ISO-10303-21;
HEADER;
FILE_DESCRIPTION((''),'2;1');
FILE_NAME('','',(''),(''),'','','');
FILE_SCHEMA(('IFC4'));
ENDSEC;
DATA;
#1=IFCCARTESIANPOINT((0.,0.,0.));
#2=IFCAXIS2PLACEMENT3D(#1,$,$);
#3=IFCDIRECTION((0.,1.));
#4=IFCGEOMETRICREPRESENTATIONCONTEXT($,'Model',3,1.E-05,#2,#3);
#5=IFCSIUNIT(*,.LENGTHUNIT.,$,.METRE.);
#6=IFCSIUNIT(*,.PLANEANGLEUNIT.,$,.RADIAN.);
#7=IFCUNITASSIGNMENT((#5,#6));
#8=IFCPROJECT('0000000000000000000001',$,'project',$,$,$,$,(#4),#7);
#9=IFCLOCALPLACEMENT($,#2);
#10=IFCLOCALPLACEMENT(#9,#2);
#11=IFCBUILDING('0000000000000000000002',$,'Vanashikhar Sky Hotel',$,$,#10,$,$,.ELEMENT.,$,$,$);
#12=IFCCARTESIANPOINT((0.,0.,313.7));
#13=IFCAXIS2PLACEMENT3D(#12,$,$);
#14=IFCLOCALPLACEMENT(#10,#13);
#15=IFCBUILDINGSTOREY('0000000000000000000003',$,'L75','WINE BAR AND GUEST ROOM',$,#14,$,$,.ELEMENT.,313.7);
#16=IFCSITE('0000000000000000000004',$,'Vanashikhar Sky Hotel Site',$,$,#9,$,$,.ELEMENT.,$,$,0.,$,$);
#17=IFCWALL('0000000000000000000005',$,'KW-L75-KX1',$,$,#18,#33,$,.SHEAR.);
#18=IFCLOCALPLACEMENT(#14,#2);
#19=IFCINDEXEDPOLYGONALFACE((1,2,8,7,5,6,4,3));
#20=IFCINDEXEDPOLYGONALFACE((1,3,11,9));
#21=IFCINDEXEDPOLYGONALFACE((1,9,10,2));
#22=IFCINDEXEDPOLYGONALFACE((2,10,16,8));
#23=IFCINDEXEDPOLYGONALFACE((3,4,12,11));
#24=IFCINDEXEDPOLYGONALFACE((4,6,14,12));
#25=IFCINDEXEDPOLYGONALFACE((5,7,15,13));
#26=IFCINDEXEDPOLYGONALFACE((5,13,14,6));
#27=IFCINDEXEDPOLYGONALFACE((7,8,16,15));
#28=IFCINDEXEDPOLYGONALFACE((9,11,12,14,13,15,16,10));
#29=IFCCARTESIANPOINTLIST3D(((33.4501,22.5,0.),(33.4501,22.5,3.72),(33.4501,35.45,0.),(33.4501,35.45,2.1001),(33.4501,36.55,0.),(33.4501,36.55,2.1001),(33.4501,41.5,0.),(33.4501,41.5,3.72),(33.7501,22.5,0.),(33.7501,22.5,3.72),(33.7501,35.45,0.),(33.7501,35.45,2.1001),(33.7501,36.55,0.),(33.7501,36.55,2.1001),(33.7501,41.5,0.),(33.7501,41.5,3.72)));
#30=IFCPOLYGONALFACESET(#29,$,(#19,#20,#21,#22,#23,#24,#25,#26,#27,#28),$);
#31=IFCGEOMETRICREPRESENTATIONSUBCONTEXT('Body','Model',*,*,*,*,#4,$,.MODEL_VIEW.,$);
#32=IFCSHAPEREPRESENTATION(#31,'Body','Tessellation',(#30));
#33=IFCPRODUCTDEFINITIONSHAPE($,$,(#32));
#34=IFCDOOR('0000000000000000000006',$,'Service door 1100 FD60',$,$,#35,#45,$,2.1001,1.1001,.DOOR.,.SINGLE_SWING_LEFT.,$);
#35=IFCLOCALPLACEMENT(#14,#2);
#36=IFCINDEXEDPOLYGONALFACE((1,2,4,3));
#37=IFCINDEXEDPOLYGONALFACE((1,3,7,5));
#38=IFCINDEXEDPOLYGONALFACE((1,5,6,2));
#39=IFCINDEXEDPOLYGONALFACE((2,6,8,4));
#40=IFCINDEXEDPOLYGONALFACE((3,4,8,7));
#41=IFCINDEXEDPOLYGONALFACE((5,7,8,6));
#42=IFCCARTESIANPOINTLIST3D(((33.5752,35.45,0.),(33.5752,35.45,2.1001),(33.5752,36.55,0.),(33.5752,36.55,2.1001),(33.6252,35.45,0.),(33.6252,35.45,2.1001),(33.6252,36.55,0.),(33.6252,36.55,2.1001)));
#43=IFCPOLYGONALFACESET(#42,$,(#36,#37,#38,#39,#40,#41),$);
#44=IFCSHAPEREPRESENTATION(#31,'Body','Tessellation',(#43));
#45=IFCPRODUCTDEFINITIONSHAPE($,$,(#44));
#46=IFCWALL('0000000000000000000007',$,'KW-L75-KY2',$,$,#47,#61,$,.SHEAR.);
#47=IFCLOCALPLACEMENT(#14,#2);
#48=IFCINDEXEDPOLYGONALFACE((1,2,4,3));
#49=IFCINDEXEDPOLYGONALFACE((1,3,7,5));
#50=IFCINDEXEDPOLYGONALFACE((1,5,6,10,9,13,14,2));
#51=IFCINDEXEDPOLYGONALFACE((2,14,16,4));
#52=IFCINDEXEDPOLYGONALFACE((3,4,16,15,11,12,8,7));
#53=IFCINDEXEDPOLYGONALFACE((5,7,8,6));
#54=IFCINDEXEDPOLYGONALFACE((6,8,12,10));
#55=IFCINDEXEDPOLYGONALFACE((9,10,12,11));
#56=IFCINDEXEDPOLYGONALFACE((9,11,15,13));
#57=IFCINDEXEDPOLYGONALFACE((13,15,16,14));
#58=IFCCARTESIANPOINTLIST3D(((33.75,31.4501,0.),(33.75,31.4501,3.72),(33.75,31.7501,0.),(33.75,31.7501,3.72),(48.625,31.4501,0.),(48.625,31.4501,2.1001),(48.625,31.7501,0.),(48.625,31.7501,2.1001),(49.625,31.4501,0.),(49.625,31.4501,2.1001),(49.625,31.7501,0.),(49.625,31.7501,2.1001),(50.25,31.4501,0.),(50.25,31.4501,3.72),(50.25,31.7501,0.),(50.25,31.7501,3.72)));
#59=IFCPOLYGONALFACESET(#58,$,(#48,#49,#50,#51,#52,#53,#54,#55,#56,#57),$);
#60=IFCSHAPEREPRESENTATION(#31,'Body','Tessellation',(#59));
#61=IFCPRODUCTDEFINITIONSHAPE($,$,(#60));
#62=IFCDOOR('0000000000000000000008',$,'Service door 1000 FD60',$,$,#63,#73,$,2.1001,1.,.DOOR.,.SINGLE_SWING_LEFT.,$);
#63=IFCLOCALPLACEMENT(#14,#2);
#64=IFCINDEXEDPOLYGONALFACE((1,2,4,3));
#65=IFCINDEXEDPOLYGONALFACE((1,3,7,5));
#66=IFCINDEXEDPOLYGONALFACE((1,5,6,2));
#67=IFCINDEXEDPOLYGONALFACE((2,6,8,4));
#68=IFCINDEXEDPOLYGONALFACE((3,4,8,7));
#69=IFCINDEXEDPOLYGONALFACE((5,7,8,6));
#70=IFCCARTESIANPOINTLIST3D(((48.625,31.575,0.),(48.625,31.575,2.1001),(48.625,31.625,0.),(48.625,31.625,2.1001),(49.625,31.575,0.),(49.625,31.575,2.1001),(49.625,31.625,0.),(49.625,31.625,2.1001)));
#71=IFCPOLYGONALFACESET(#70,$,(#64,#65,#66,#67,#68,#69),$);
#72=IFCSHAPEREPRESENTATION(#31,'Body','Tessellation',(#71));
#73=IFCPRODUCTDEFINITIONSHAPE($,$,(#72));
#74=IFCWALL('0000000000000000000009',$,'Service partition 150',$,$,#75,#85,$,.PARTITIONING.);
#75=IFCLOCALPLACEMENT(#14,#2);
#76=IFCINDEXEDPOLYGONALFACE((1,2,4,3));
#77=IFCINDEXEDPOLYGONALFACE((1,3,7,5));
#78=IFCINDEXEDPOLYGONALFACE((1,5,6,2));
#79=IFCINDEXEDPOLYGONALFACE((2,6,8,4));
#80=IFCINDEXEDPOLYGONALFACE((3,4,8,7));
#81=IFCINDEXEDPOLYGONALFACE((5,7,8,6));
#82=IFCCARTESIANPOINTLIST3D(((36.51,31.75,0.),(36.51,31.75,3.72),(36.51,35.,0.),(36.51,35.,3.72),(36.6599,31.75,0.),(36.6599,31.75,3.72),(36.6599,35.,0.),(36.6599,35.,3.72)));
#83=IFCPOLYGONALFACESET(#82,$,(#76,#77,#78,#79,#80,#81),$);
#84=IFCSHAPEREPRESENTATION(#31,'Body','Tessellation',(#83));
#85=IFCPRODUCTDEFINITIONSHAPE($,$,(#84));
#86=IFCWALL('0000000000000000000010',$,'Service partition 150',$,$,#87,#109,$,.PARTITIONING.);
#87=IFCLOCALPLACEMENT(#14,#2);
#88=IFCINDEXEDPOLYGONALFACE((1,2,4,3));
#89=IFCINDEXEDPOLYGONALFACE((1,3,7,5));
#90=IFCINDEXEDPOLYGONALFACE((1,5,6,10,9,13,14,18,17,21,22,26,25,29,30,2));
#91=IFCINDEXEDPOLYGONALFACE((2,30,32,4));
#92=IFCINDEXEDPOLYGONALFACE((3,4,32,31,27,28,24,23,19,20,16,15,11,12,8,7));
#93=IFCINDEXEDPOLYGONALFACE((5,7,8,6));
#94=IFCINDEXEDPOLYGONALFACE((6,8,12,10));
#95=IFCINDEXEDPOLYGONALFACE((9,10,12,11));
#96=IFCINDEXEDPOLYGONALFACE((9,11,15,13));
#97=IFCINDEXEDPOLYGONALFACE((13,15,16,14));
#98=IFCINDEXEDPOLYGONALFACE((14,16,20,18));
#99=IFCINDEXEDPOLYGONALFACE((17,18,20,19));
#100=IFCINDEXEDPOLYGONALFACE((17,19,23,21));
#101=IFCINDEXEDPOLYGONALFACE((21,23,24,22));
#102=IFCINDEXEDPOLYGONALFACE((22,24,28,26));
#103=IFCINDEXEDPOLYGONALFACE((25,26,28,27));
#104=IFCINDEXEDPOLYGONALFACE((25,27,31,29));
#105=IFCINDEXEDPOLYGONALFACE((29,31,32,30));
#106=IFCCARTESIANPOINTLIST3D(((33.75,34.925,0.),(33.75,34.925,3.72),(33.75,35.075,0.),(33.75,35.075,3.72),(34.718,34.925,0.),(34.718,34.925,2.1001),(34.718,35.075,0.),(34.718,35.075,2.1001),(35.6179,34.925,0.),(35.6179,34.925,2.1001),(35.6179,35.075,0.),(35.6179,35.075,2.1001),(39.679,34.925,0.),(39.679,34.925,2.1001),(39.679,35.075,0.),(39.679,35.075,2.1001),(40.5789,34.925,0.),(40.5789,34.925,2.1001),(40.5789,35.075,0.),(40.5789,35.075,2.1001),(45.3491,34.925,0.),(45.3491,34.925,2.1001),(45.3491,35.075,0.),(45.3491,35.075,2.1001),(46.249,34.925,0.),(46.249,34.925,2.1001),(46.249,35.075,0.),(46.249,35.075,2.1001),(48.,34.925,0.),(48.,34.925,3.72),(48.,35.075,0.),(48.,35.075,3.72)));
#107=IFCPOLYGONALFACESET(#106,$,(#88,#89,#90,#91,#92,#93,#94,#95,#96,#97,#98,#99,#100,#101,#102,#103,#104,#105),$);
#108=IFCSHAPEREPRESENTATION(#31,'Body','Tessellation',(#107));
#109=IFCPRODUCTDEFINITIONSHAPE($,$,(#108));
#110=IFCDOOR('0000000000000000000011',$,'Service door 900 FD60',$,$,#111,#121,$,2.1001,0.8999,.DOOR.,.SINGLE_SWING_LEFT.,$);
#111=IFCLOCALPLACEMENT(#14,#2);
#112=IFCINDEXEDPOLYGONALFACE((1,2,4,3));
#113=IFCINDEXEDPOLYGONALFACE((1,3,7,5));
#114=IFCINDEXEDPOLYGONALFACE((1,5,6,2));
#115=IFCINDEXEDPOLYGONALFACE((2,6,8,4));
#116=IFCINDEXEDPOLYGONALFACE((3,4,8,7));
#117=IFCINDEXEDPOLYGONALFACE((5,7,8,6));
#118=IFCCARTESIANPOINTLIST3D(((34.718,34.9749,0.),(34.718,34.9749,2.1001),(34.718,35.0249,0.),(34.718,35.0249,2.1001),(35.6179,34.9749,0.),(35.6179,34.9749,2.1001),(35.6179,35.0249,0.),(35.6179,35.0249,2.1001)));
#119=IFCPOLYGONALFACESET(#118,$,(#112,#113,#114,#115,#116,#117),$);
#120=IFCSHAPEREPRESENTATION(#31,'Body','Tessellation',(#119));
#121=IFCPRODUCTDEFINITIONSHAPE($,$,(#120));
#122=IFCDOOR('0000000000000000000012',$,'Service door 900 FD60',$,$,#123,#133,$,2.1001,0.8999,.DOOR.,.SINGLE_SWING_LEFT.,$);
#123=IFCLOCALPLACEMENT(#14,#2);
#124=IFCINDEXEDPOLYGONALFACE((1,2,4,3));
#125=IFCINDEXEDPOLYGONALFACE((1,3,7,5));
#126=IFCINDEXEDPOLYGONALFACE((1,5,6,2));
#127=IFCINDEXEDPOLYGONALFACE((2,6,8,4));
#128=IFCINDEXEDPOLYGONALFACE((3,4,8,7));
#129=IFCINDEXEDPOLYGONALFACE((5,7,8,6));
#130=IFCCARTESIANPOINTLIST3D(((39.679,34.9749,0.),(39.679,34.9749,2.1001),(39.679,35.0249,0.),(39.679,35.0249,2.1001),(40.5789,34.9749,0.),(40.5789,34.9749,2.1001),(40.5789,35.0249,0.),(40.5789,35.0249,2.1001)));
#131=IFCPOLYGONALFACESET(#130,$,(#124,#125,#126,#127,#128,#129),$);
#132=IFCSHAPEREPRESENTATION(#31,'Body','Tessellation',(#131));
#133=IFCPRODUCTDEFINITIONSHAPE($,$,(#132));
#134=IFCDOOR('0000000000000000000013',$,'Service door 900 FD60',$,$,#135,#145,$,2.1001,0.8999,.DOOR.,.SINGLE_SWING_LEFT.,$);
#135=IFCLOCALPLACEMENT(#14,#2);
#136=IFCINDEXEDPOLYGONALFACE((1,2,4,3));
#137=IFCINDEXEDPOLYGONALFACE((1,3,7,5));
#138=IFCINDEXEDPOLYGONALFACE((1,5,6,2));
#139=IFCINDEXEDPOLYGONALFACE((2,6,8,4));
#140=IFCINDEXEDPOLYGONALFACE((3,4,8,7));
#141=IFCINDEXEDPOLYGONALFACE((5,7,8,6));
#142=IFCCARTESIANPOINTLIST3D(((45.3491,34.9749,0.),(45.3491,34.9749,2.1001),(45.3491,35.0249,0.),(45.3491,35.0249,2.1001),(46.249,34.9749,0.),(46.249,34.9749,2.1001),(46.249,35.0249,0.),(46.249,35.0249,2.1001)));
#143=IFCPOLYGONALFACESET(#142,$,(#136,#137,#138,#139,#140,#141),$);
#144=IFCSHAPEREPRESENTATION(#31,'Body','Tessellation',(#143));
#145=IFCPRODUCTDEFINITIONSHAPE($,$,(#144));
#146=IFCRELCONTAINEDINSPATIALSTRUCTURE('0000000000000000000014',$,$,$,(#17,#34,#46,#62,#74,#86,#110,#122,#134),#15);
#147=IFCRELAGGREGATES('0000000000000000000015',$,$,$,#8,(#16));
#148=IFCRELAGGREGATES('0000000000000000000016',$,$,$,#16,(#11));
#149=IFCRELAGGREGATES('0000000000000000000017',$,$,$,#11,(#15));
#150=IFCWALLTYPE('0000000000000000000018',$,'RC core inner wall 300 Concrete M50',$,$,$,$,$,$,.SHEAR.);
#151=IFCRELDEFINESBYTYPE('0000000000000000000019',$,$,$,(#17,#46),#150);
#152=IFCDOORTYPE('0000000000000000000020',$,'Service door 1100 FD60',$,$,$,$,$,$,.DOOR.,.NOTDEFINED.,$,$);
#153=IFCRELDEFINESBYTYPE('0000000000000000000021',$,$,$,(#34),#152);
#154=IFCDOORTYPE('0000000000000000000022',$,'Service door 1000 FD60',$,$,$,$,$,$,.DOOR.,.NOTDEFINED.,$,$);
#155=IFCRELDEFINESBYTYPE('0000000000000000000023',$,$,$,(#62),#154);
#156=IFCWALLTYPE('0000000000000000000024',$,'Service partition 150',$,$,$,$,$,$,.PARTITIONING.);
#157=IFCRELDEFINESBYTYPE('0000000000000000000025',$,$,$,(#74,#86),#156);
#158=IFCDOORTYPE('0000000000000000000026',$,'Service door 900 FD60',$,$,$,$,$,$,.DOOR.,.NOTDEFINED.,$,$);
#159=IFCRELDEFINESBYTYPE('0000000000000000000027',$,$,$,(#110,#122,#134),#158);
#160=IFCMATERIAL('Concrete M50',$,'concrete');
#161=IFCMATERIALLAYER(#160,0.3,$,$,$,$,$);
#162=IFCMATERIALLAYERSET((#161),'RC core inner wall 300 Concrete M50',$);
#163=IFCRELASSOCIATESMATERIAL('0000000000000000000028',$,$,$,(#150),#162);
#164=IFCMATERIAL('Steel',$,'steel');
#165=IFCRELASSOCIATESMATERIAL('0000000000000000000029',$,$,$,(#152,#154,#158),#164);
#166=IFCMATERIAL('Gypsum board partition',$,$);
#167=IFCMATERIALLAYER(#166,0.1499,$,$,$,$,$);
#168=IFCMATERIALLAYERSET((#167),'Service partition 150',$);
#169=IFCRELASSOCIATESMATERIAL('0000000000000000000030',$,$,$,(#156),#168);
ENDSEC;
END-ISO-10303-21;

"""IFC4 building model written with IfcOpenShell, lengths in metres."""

from ifc_helpers import new_model, si_unit, direction, frame, frame_2d, origin, place, context, subcontext, project, spatial, rectangle, extrude, source, transform, mapped, material, layer, layer_set, type_object, element, fill, save


model = new_model("IFC4")

# Units and contexts
model_context = context("Model", 3, precision=1e-05, world=origin(), true_north=direction((0.0, 1.0)))
body_context = subcontext(model_context, "Body", "Model", "MODEL_VIEW")
ifc_project = project(units=[si_unit("LENGTHUNIT", "METRE"), si_unit("PLANEANGLEUNIT", "RADIAN")], contexts=[model_context])

# Site, building, storey
site_placement = place(None, origin())
site = spatial("IfcSite", under=ifc_project, at=site_placement, Name="Vanashikhar Sky Hotel Site", CompositionType="ELEMENT", RefElevation=0.0)
building_placement = place(site_placement, origin())
building = spatial("IfcBuilding", under=site, at=building_placement, Name="Vanashikhar Sky Hotel", CompositionType="ELEMENT")
storey_placement = place(building_placement, frame((0.0, 0.0, 313.7)))
storey = spatial("IfcBuildingStorey", under=building, at=storey_placement, Name="L75", Description="WINE BAR AND GUEST ROOM", CompositionType="ELEMENT", Elevation=313.7)

# Walls, openings, doors
ifc_material_1 = material(Name="Concrete M50", Category="concrete")
ifc_layer_1 = layer(ifc_material_1, 0.3)
ifc_layer_set_1 = layer_set([ifc_layer_1], Name="RC core inner wall 300 Concrete M50")
wall_type_1 = type_object("IfcWallType", Name="RC core inner wall 300 Concrete M50", PredefinedType="SHEAR", material=ifc_layer_set_1)
shared_shape_1 = source(origin(), body_context, "Body", "SweptSolid", [
    extrude(rectangle(XDim=19.0, YDim=0.3, at=frame_2d((9.5, 0.0))), origin(), (0.0, 0.0, 1.0), 3.72),
])
wall_1_placement = place(storey_placement, frame((33.6001, 22.5, 0.0), z_axis=(0.0, 0.0, 1.0), x_axis=(0.0, 1.0, 0.0)))
wall_1 = element("IfcWall", 1, at=wall_1_placement, inside=storey, type_object=wall_type_1, Name="KW-L75-KX1", PredefinedType="SHEAR", context=body_context, shape_type="MappedRepresentation", body=[
    mapped(shared_shape_1, transform((0.0, 0.0, 0.0), scale=1.0)),
])
shared_shape_2 = source(origin(), body_context, "Body", "SweptSolid", [
    extrude(rectangle(XDim=1.1001, YDim=2.1001, at=frame_2d((0.55, 1.05))), frame((0.0, 0.1602, 0.0), z_axis=(0.0, -1.0, 0.0), x_axis=(1.0, 0.0, 0.0)), (0.0, 0.0, 1.0), 0.3201),
])
opening_1_placement = place(wall_1_placement, frame((12.95, 0.0, 0.0)))
opening_1 = element("IfcOpeningElement", 2, at=opening_1_placement, cuts=wall_1, PredefinedType="OPENING", context=body_context, shape_type="MappedRepresentation", body=[
    mapped(shared_shape_2, transform((0.0, 0.0, 0.0), scale=1.0)),
])
ifc_material_2 = material(Name="Steel", Category="steel")
door_type_1 = type_object("IfcDoorType", Name="Service door 1100 FD60", OperationType="NOTDEFINED", PredefinedType="DOOR", material=ifc_material_2)
shared_shape_3 = source(origin(), body_context, "Body", "SweptSolid", [
    extrude(rectangle(XDim=1.1001, YDim=2.1001, at=frame_2d((0.55, 1.05))), frame((0.0, 0.0249, 0.0), z_axis=(0.0, -1.0, 0.0), x_axis=(1.0, 0.0, 0.0)), (0.0, 0.0, 1.0), 0.05),
])
door_1_placement = place(opening_1_placement, origin())
door_1 = element("IfcDoor", 3, at=door_1_placement, inside=storey, type_object=door_type_1, Name="Service door 1100 FD60", OperationType="SINGLE_SWING_LEFT", OverallHeight=2.1001, OverallWidth=1.1001, PredefinedType="DOOR", context=body_context, shape_type="MappedRepresentation", body=[
    mapped(shared_shape_3, transform((0.0, 0.0, 0.0), scale=1.0)),
])
fill(opening_1, door_1)
shared_shape_4 = source(origin(), body_context, "Body", "SweptSolid", [
    extrude(rectangle(XDim=16.5, YDim=0.3, at=frame_2d((8.25, 0.0))), origin(), (0.0, 0.0, 1.0), 3.72),
])
wall_2_placement = place(storey_placement, frame((33.75, 31.6001, 0.0), z_axis=(0.0, 0.0, 1.0), x_axis=(1.0, 0.0, 0.0)))
wall_2 = element("IfcWall", 4, at=wall_2_placement, inside=storey, type_object=wall_type_1, Name="KW-L75-KY2", PredefinedType="SHEAR", context=body_context, shape_type="MappedRepresentation", body=[
    mapped(shared_shape_4, transform((0.0, 0.0, 0.0), scale=1.0)),
])
shared_shape_5 = source(origin(), body_context, "Body", "SweptSolid", [
    extrude(rectangle(XDim=1.0, YDim=2.1001, at=frame_2d((0.5, 1.05))), frame((0.0, 0.1602, 0.0), z_axis=(0.0, -1.0, 0.0), x_axis=(1.0, 0.0, 0.0)), (0.0, 0.0, 1.0), 0.3201),
])
opening_2_placement = place(wall_2_placement, frame((14.875, 0.0, 0.0)))
opening_2 = element("IfcOpeningElement", 5, at=opening_2_placement, cuts=wall_2, PredefinedType="OPENING", context=body_context, shape_type="MappedRepresentation", body=[
    mapped(shared_shape_5, transform((0.0, 0.0, 0.0), scale=1.0)),
])
door_type_2 = type_object("IfcDoorType", Name="Service door 1000 FD60", OperationType="NOTDEFINED", PredefinedType="DOOR", material=ifc_material_2)
shared_shape_6 = source(origin(), body_context, "Body", "SweptSolid", [
    extrude(rectangle(XDim=1.0, YDim=2.1001, at=frame_2d((0.5, 1.05))), frame((0.0, 0.0249, 0.0), z_axis=(0.0, -1.0, 0.0), x_axis=(1.0, 0.0, 0.0)), (0.0, 0.0, 1.0), 0.05),
])
door_2_placement = place(opening_2_placement, origin())
door_2 = element("IfcDoor", 6, at=door_2_placement, inside=storey, type_object=door_type_2, Name="Service door 1000 FD60", OperationType="SINGLE_SWING_LEFT", OverallHeight=2.1001, OverallWidth=1.0, PredefinedType="DOOR", context=body_context, shape_type="MappedRepresentation", body=[
    mapped(shared_shape_6, transform((0.0, 0.0, 0.0), scale=1.0)),
])
fill(opening_2, door_2)

# Wall
ifc_material_3 = material(Name="Gypsum board partition")
ifc_layer_2 = layer(ifc_material_3, 0.1499)
ifc_layer_set_2 = layer_set([ifc_layer_2], Name="Service partition 150")
wall_type_2 = type_object("IfcWallType", Name="Service partition 150", PredefinedType="PARTITIONING", material=ifc_layer_set_2)
shared_shape_7 = source(origin(), body_context, "Body", "SweptSolid", [
    extrude(rectangle(XDim=3.25, YDim=0.1499, at=frame_2d((1.625, 0.0))), origin(), (0.0, 0.0, 1.0), 3.72),
])
wall_3_placement = place(storey_placement, frame((36.585, 31.75, 0.0), z_axis=(0.0, 0.0, 1.0), x_axis=(0.0, 1.0, 0.0)))
element("IfcWall", 7, at=wall_3_placement, inside=storey, type_object=wall_type_2, Name="Service partition 150", PredefinedType="PARTITIONING", context=body_context, shape_type="MappedRepresentation", body=[
    mapped(shared_shape_7, transform((0.0, 0.0, 0.0), scale=1.0)),
])

# Wall, openings, doors
shared_shape_8 = source(origin(), body_context, "Body", "SweptSolid", [
    extrude(rectangle(XDim=14.25, YDim=0.1499, at=frame_2d((7.125, 0.0))), origin(), (0.0, 0.0, 1.0), 3.72),
])
wall_4_placement = place(storey_placement, frame((33.75, 35.0, 0.0), z_axis=(0.0, 0.0, 1.0), x_axis=(1.0, 0.0, 0.0)))
wall_4 = element("IfcWall", 8, at=wall_4_placement, inside=storey, type_object=wall_type_2, Name="Service partition 150", PredefinedType="PARTITIONING", context=body_context, shape_type="MappedRepresentation", body=[
    mapped(shared_shape_8, transform((0.0, 0.0, 0.0), scale=1.0)),
])
shared_shape_9 = source(origin(), body_context, "Body", "SweptSolid", [
    extrude(rectangle(XDim=0.8999, YDim=2.1001, at=frame_2d((0.45, 1.05))), frame((0.0, 0.085, 0.0), z_axis=(0.0, -1.0, 0.0), x_axis=(1.0, 0.0, 0.0)), (0.0, 0.0, 1.0), 0.1699),
])
opening_3_placement = place(wall_4_placement, frame((0.968, 0.0, 0.0)))
opening_3 = element("IfcOpeningElement", 9, at=opening_3_placement, cuts=wall_4, PredefinedType="OPENING", context=body_context, shape_type="MappedRepresentation", body=[
    mapped(shared_shape_9, transform((0.0, 0.0, 0.0), scale=1.0)),
])
opening_4_placement = place(wall_4_placement, frame((5.929, 0.0, 0.0)))
opening_4 = element("IfcOpeningElement", 10, at=opening_4_placement, cuts=wall_4, PredefinedType="OPENING", context=body_context, shape_type="MappedRepresentation", body=[
    mapped(shared_shape_9, transform((0.0, 0.0, 0.0), scale=1.0)),
])
opening_5_placement = place(wall_4_placement, frame((11.5991, 0.0, 0.0)))
opening_5 = element("IfcOpeningElement", 11, at=opening_5_placement, cuts=wall_4, PredefinedType="OPENING", context=body_context, shape_type="MappedRepresentation", body=[
    mapped(shared_shape_9, transform((0.0, 0.0, 0.0), scale=1.0)),
])
door_type_3 = type_object("IfcDoorType", Name="Service door 900 FD60", OperationType="NOTDEFINED", PredefinedType="DOOR", material=ifc_material_2)
shared_shape_10 = source(origin(), body_context, "Body", "SweptSolid", [
    extrude(rectangle(XDim=0.8999, YDim=2.1001, at=frame_2d((0.45, 1.05))), frame((0.0, 0.0249, 0.0), z_axis=(0.0, -1.0, 0.0), x_axis=(1.0, 0.0, 0.0)), (0.0, 0.0, 1.0), 0.05),
])
door_3_placement = place(opening_3_placement, origin())
door_3 = element("IfcDoor", 12, at=door_3_placement, inside=storey, type_object=door_type_3, Name="Service door 900 FD60", OperationType="SINGLE_SWING_LEFT", OverallHeight=2.1001, OverallWidth=0.8999, PredefinedType="DOOR", context=body_context, shape_type="MappedRepresentation", body=[
    mapped(shared_shape_10, transform((0.0, 0.0, 0.0), scale=1.0)),
])
fill(opening_3, door_3)
door_4_placement = place(opening_4_placement, origin())
door_4 = element("IfcDoor", 13, at=door_4_placement, inside=storey, type_object=door_type_3, Name="Service door 900 FD60", OperationType="SINGLE_SWING_LEFT", OverallHeight=2.1001, OverallWidth=0.8999, PredefinedType="DOOR", context=body_context, shape_type="MappedRepresentation", body=[
    mapped(shared_shape_10, transform((0.0, 0.0, 0.0), scale=1.0)),
])
fill(opening_4, door_4)
door_5_placement = place(opening_5_placement, origin())
door_5 = element("IfcDoor", 14, at=door_5_placement, inside=storey, type_object=door_type_3, Name="Service door 900 FD60", OperationType="SINGLE_SWING_LEFT", OverallHeight=2.1001, OverallWidth=0.8999, PredefinedType="DOOR", context=body_context, shape_type="MappedRepresentation", body=[
    mapped(shared_shape_10, transform((0.0, 0.0, 0.0), scale=1.0)),
])
fill(opening_5, door_5)

save(model, "model.ifc")
